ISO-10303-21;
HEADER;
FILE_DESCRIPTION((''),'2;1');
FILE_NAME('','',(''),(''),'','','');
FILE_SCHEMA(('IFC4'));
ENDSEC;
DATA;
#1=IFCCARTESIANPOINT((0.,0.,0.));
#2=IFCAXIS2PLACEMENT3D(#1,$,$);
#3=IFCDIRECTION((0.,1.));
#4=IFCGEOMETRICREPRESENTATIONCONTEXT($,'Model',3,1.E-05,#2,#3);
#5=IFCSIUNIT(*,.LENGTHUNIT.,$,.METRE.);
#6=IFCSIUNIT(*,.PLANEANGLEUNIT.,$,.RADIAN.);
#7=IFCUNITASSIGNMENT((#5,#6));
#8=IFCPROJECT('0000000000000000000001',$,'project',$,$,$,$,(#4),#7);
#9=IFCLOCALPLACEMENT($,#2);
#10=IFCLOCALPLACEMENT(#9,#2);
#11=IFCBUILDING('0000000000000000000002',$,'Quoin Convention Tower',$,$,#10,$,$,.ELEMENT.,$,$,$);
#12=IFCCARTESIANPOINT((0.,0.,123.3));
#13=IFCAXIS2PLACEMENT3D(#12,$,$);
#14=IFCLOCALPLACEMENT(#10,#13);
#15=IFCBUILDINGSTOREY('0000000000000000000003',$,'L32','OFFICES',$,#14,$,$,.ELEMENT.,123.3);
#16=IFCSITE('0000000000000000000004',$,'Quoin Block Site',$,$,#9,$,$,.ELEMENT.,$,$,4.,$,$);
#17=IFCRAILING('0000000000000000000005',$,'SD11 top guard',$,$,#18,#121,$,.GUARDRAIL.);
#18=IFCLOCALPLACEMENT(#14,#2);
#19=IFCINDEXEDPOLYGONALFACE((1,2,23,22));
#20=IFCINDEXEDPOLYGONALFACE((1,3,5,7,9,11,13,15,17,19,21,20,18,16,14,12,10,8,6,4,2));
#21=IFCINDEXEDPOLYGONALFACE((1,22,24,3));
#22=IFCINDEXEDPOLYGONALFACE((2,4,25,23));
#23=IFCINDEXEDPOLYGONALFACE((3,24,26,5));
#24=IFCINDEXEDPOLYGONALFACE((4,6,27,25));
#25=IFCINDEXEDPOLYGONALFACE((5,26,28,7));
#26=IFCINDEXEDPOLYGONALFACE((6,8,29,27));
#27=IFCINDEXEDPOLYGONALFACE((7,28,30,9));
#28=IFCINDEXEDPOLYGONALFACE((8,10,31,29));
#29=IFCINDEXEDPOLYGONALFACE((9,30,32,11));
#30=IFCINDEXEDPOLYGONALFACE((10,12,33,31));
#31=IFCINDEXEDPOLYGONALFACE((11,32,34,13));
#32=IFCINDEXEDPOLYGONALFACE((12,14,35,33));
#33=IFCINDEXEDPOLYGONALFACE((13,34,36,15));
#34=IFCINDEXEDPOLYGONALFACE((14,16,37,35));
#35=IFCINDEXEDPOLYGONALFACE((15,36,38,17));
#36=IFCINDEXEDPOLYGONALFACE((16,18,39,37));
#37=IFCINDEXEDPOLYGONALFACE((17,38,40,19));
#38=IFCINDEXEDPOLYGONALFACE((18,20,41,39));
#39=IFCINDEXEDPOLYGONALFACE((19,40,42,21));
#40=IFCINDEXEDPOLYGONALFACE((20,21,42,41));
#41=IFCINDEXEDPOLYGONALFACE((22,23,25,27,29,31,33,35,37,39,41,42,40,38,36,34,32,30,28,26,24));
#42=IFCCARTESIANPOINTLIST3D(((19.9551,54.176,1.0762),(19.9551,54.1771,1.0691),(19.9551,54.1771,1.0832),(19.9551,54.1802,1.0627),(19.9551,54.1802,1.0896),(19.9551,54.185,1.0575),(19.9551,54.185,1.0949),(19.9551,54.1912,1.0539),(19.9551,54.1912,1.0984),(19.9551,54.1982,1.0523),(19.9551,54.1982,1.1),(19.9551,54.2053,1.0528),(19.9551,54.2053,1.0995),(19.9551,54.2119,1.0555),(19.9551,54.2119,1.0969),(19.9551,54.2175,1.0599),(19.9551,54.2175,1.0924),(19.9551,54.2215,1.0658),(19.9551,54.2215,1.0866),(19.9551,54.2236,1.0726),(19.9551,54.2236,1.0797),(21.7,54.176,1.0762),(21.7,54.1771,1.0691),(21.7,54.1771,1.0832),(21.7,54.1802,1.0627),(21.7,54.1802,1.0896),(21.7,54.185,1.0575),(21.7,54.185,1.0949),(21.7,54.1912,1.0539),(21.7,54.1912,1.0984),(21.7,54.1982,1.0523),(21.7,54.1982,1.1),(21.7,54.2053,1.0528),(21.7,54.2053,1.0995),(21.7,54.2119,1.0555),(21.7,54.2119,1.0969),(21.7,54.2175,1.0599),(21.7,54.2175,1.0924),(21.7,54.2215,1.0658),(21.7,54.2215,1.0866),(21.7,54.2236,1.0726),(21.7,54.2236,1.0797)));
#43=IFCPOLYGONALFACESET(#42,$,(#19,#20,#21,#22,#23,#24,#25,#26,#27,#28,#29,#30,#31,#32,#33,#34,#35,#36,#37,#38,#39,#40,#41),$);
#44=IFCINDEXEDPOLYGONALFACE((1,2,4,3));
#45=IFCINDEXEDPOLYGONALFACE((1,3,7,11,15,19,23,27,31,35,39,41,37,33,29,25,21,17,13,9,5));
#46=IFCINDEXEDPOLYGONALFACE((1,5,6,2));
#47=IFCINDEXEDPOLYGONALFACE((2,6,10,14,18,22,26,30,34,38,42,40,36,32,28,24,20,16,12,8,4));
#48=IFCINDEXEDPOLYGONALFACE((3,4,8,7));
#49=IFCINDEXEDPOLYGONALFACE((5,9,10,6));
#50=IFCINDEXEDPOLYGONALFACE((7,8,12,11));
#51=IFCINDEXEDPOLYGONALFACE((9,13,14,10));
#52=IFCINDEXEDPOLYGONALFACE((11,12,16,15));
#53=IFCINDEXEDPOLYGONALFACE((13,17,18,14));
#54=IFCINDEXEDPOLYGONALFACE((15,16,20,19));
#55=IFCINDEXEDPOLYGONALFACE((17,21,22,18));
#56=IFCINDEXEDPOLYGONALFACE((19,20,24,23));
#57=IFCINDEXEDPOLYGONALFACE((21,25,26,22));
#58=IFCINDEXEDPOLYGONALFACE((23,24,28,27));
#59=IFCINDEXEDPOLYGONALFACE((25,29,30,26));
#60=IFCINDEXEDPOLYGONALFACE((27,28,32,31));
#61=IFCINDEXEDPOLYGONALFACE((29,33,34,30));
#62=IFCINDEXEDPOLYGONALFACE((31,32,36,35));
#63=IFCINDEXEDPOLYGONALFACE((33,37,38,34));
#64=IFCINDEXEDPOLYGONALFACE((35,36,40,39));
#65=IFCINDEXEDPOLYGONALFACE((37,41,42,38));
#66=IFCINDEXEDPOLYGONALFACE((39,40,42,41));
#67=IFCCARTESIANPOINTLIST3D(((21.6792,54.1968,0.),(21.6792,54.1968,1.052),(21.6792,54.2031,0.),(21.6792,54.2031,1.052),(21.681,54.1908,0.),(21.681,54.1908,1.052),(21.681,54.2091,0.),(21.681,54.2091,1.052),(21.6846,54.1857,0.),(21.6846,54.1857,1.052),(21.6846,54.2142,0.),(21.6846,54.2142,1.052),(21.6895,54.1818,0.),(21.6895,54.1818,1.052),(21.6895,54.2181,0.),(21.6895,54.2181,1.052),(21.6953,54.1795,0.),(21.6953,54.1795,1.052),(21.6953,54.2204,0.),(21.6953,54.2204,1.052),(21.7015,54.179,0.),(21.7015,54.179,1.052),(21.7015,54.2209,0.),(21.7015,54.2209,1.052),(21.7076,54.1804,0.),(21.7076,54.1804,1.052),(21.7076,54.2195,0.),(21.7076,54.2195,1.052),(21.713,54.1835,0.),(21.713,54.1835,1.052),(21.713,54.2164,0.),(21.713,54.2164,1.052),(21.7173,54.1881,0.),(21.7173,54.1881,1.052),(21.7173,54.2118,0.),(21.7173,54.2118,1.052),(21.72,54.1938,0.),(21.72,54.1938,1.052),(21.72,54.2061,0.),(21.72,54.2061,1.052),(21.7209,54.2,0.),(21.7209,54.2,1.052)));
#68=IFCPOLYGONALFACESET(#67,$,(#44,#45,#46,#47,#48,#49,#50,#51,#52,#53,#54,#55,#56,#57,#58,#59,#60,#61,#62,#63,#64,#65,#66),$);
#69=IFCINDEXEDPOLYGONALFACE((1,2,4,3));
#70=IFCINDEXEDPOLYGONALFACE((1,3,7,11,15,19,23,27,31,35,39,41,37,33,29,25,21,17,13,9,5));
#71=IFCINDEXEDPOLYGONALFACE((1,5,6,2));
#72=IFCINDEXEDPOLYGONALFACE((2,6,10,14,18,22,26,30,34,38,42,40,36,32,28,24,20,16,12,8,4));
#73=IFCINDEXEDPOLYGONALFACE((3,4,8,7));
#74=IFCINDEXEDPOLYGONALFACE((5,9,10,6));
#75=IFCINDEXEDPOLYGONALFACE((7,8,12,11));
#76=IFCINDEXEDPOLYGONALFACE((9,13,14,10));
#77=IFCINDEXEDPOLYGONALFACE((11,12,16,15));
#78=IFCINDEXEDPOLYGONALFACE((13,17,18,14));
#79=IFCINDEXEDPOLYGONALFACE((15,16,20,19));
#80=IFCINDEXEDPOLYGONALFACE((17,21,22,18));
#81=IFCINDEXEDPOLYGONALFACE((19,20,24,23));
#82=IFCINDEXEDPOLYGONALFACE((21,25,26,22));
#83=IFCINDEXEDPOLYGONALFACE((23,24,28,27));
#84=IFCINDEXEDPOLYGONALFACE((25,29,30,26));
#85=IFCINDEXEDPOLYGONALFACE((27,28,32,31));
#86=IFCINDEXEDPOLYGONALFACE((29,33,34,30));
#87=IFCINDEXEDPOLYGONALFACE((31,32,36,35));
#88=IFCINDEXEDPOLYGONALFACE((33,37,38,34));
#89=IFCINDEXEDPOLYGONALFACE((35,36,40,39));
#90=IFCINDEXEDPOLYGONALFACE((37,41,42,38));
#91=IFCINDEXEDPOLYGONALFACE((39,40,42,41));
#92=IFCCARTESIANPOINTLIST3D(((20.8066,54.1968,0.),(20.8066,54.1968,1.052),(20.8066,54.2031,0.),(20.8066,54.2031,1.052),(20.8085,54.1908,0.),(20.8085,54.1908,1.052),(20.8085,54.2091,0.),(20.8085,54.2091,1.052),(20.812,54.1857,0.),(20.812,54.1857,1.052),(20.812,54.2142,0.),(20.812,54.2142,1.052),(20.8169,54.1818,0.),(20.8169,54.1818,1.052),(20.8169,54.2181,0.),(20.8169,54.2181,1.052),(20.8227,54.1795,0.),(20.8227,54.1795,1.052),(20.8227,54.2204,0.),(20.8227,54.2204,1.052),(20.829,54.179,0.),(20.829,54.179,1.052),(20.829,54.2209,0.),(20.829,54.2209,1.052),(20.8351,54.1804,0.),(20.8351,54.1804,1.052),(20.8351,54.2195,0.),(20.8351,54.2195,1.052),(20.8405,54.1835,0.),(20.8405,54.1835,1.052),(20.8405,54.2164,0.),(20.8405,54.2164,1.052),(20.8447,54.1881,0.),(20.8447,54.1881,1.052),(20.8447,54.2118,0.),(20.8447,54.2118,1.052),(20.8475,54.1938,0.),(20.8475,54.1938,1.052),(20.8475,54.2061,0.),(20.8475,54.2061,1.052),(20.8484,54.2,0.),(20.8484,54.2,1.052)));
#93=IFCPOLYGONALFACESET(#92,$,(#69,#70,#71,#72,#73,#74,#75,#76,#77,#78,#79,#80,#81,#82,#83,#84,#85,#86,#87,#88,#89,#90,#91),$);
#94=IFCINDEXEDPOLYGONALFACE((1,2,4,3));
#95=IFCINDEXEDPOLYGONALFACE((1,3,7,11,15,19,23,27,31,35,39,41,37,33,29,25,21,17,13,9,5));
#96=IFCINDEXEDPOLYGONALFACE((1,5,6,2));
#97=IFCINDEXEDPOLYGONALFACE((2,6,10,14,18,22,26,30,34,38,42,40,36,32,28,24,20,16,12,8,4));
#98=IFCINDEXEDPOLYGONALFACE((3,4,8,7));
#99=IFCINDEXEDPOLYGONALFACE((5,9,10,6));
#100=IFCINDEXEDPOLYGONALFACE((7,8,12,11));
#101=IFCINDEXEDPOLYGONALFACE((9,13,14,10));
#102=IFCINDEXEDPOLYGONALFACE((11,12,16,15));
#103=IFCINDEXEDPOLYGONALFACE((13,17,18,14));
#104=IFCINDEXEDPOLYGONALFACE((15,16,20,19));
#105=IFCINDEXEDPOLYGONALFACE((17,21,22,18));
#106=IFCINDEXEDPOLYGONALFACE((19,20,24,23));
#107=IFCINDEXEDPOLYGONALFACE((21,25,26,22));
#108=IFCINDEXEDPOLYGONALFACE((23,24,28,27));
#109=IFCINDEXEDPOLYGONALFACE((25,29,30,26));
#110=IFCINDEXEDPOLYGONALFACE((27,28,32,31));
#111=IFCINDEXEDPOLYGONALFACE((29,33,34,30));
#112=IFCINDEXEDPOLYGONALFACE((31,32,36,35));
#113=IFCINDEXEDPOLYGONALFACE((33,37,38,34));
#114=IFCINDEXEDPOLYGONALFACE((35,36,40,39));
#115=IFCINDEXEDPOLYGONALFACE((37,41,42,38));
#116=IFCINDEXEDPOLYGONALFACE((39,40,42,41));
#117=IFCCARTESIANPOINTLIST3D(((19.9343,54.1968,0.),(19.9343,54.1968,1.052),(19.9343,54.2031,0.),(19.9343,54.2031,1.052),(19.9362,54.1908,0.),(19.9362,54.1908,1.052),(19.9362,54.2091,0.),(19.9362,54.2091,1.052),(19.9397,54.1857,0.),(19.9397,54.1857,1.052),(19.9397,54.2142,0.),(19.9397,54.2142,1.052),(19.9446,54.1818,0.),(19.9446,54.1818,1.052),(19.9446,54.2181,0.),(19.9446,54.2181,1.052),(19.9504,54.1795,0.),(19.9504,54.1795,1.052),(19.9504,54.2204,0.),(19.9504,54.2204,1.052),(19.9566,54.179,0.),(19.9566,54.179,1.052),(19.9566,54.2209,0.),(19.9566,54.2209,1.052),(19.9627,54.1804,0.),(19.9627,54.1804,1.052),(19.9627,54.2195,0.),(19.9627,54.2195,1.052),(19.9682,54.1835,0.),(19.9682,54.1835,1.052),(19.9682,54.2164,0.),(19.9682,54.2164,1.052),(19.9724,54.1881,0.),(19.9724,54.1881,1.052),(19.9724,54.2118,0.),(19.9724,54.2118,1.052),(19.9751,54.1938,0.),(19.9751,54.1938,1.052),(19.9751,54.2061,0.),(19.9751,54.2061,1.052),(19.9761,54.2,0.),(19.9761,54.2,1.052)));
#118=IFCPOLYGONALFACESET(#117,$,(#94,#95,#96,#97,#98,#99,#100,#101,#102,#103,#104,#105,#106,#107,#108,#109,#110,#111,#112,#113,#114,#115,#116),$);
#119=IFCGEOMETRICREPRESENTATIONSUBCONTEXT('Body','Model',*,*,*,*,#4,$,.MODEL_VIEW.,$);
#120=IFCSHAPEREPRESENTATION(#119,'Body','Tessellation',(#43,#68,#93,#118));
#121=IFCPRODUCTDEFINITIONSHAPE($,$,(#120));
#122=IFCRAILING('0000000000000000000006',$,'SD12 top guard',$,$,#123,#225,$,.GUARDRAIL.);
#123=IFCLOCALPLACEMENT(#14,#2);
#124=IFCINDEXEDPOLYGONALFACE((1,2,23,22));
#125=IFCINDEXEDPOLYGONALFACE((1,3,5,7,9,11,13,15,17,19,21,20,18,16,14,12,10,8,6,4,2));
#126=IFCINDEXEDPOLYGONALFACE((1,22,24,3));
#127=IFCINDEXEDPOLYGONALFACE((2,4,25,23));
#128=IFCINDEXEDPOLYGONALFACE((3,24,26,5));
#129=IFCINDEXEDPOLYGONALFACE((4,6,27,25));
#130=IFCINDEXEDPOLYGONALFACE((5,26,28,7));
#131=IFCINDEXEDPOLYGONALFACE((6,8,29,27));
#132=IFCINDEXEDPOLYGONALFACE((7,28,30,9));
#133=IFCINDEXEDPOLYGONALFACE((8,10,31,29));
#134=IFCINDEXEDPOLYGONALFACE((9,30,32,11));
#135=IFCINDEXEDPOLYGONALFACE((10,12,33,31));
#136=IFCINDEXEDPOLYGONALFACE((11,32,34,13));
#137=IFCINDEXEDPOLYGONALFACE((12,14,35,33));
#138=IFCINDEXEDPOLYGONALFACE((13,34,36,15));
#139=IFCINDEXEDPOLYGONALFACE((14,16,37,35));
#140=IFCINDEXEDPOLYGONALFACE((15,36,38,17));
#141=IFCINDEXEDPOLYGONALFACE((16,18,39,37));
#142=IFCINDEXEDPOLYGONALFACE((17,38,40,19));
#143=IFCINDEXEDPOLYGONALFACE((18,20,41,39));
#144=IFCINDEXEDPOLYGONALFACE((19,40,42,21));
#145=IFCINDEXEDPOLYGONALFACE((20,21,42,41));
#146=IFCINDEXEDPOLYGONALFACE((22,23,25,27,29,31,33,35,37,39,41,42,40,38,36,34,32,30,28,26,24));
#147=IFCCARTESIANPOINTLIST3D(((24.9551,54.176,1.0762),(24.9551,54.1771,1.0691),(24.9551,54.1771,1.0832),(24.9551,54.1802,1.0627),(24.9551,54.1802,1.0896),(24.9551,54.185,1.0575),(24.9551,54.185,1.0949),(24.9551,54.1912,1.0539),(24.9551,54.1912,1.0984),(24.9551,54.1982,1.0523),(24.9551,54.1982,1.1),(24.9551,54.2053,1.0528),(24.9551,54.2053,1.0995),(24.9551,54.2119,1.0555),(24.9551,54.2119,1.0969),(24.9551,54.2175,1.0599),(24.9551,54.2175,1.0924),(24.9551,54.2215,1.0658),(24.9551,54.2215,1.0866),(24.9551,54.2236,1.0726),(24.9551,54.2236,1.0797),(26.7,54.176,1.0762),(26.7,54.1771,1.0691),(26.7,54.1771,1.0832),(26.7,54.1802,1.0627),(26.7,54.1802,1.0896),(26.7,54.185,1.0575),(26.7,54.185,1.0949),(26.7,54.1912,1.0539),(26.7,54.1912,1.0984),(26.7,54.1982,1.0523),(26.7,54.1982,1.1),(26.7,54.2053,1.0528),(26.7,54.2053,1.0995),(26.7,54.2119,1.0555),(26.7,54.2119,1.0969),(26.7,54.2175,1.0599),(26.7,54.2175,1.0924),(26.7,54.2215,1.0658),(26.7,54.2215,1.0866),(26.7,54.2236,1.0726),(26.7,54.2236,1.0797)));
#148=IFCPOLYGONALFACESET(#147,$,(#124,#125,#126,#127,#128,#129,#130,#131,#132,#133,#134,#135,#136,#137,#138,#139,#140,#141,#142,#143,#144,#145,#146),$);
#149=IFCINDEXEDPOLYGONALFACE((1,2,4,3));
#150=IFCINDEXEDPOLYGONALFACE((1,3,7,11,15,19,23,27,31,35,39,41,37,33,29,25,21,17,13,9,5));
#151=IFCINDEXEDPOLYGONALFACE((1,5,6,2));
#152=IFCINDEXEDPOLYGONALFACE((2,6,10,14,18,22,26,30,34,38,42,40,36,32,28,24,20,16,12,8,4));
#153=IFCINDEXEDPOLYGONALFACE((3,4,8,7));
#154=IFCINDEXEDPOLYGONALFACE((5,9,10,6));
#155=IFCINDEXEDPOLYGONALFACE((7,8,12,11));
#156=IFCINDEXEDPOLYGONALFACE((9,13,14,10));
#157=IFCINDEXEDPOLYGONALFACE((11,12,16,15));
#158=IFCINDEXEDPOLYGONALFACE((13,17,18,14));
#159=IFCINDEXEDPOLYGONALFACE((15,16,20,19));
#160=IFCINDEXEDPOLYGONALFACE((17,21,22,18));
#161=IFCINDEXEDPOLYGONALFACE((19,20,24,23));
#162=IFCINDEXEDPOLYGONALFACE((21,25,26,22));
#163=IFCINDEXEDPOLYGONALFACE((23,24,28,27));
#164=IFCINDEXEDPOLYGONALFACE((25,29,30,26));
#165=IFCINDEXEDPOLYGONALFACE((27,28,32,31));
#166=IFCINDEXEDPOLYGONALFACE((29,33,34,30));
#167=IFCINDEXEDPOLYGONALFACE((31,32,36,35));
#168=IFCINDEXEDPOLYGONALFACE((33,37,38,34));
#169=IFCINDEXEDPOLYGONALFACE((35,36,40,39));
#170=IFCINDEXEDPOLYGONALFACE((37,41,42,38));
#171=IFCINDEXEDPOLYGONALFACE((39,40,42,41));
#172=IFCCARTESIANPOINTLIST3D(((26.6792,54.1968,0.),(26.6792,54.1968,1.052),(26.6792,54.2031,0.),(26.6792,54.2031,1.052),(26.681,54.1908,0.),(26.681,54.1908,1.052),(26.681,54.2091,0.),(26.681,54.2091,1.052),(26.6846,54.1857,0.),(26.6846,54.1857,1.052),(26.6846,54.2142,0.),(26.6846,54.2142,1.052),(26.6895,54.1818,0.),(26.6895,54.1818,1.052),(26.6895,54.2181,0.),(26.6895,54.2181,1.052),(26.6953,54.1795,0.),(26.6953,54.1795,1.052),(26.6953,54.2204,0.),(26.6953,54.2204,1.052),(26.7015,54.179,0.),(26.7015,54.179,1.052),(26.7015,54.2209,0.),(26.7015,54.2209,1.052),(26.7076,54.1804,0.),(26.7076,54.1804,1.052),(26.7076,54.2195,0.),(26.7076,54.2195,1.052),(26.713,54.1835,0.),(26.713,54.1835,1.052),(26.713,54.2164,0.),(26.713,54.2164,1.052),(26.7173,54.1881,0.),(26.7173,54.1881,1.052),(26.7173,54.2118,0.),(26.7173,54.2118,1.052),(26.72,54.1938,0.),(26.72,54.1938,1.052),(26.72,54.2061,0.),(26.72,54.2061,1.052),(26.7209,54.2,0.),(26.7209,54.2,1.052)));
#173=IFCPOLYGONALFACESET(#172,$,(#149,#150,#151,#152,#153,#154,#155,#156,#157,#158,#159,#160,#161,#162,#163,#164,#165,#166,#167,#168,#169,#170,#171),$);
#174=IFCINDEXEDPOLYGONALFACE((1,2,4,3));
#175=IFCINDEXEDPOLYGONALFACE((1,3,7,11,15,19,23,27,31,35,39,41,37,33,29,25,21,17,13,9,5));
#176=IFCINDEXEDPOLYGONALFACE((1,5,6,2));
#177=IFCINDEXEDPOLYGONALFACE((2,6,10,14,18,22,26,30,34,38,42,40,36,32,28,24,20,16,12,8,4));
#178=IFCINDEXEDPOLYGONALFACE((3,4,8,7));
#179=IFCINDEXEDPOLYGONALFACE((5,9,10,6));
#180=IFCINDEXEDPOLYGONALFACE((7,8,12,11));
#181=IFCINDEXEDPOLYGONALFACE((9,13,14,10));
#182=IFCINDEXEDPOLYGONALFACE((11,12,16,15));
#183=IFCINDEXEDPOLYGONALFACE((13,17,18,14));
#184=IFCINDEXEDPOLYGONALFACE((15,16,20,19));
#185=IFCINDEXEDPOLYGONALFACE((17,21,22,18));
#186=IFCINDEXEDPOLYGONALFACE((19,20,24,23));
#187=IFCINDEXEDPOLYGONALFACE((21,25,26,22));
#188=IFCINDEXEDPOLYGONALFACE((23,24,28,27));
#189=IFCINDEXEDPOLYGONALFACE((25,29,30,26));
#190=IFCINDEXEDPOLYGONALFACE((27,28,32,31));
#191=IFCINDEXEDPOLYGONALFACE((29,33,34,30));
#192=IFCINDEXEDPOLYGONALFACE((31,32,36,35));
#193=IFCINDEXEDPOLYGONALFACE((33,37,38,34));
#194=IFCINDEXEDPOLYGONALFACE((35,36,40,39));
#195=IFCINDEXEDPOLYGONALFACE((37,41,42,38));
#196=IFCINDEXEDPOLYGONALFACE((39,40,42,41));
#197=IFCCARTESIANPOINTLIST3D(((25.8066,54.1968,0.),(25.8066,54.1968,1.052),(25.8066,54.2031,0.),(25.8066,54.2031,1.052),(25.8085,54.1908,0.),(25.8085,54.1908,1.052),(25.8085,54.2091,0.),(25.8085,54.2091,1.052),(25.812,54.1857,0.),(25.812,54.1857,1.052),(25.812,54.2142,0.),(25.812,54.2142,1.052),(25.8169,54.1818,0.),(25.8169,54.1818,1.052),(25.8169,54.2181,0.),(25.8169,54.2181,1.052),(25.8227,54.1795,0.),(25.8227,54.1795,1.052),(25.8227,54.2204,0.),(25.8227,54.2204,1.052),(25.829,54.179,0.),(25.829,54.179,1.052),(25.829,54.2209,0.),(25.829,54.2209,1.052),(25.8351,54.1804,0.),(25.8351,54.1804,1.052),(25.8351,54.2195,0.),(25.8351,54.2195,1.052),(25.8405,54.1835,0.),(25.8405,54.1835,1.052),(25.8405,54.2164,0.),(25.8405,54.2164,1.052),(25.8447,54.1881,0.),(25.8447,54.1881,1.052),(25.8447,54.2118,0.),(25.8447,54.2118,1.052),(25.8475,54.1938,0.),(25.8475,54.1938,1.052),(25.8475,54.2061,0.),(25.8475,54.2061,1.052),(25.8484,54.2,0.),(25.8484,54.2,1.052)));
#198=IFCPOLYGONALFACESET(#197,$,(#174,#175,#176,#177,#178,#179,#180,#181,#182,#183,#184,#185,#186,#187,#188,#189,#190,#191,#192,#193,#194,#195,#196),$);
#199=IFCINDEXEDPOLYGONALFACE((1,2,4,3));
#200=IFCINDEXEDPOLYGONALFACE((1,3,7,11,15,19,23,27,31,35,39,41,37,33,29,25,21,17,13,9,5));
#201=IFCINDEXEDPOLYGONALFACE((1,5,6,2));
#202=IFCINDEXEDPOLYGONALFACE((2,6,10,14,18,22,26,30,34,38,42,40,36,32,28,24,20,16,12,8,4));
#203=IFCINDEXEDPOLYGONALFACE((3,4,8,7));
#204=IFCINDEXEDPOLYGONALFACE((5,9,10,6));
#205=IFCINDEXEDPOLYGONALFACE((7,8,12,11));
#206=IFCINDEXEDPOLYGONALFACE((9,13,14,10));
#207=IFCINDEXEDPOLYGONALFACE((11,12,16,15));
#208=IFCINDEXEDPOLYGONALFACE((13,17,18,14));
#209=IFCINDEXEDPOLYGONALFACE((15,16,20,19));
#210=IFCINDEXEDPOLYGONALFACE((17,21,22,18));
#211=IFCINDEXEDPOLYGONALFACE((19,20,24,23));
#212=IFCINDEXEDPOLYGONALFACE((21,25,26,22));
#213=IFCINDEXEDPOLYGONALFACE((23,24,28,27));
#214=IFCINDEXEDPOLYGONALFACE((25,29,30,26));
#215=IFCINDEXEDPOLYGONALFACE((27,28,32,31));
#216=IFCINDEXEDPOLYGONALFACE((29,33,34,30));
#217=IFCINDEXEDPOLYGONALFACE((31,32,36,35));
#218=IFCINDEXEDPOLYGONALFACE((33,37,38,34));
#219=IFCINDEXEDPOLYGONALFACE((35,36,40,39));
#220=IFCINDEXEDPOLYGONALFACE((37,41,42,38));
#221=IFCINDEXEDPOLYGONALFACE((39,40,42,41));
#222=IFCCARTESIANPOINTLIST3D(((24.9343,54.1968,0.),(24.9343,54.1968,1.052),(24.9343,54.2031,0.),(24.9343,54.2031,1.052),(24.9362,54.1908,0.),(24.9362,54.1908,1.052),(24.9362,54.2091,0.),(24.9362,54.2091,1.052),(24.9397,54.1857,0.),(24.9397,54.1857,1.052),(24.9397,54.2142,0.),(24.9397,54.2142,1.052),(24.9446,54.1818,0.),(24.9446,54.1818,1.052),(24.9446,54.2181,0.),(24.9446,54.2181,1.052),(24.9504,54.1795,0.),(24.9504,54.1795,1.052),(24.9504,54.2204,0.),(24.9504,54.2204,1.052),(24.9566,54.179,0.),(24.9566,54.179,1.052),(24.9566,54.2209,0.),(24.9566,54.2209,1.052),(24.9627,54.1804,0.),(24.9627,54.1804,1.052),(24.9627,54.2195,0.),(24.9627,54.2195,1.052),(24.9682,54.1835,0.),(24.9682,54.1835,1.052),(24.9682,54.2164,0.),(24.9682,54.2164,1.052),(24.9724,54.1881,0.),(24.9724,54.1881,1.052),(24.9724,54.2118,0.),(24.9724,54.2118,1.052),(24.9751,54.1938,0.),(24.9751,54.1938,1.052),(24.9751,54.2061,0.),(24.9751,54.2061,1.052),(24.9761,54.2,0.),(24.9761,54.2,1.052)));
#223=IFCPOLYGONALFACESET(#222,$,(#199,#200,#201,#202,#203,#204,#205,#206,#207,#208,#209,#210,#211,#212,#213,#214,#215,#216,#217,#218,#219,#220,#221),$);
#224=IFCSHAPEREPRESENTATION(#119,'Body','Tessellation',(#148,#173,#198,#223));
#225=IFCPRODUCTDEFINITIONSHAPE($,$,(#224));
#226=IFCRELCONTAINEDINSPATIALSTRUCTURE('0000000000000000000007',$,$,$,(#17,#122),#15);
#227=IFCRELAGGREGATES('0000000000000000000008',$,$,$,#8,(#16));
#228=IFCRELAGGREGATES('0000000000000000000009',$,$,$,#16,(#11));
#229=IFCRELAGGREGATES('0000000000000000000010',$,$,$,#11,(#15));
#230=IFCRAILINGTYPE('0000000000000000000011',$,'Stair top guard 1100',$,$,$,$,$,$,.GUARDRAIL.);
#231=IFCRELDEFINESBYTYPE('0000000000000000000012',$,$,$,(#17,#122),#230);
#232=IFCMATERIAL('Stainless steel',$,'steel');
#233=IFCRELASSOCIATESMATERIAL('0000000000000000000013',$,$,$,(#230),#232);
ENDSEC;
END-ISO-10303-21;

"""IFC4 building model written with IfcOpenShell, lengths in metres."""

from ifc_helpers import new_model, si_unit, direction, frame, origin, origin_2d, place, context, subcontext, project, spatial, circle, extrude, material, type_object, element, save


model = new_model("IFC4")

# Units and contexts
model_context = context("Model", 3, precision=1e-05, world=origin(), true_north=direction((0.0, 1.0)))
body_context = subcontext(model_context, "Body", "Model", "MODEL_VIEW")
ifc_project = project(units=[si_unit("LENGTHUNIT", "METRE"), si_unit("PLANEANGLEUNIT", "RADIAN")], contexts=[model_context])

# Site, building, storey
site_placement = place(None, origin())
site = spatial("IfcSite", under=ifc_project, at=site_placement, Name="Quoin Block Site", CompositionType="ELEMENT", RefElevation=4.0)
building_placement = place(site_placement, origin())
building = spatial("IfcBuilding", under=site, at=building_placement, Name="Quoin Convention Tower", CompositionType="ELEMENT")
storey_placement = place(building_placement, frame((0.0, 0.0, 123.3)))
storey = spatial("IfcBuildingStorey", under=building, at=storey_placement, Name="L32", Description="OFFICES", CompositionType="ELEMENT", Elevation=123.3)

# Railings
ifc_material_1 = material(Name="Stainless steel", Category="steel")
railing_type_1 = type_object("IfcRailingType", Name="Stair top guard 1100", PredefinedType="GUARDRAIL", material=ifc_material_1)
for number, where, name in (
    (1, (21.7, 54.2, 0.0), "SD11 top guard"),
    (2, (26.7, 54.2, 0.0), "SD12 top guard"),
):
    element("IfcRailing", number, at=place(storey_placement, frame(where)), inside=storey, type_object=railing_type_1, Name=name, PredefinedType="GUARDRAIL", context=body_context, shape_type="SweptSolid", body=[
        extrude(circle(Radius=0.0239, at=origin_2d()), frame((0.0, 0.0, 1.0762), z_axis=(-1.0, 0.0, 0.0), x_axis=(0.0, -1.0, 0.0)), (0.0, 0.0, 1.0), 1.7449),
        extrude(circle(Radius=0.021, at=origin_2d()), origin(), (0.0, 0.0, 1.0), 1.052),
        extrude(circle(Radius=0.021, at=origin_2d()), frame((-0.8726, 0.0, 0.0)), (0.0, 0.0, 1.0), 1.052),
        extrude(circle(Radius=0.021, at=origin_2d()), frame((-1.7449, 0.0, 0.0)), (0.0, 0.0, 1.0), 1.052),
    ])

save(model, "model.ifc")
